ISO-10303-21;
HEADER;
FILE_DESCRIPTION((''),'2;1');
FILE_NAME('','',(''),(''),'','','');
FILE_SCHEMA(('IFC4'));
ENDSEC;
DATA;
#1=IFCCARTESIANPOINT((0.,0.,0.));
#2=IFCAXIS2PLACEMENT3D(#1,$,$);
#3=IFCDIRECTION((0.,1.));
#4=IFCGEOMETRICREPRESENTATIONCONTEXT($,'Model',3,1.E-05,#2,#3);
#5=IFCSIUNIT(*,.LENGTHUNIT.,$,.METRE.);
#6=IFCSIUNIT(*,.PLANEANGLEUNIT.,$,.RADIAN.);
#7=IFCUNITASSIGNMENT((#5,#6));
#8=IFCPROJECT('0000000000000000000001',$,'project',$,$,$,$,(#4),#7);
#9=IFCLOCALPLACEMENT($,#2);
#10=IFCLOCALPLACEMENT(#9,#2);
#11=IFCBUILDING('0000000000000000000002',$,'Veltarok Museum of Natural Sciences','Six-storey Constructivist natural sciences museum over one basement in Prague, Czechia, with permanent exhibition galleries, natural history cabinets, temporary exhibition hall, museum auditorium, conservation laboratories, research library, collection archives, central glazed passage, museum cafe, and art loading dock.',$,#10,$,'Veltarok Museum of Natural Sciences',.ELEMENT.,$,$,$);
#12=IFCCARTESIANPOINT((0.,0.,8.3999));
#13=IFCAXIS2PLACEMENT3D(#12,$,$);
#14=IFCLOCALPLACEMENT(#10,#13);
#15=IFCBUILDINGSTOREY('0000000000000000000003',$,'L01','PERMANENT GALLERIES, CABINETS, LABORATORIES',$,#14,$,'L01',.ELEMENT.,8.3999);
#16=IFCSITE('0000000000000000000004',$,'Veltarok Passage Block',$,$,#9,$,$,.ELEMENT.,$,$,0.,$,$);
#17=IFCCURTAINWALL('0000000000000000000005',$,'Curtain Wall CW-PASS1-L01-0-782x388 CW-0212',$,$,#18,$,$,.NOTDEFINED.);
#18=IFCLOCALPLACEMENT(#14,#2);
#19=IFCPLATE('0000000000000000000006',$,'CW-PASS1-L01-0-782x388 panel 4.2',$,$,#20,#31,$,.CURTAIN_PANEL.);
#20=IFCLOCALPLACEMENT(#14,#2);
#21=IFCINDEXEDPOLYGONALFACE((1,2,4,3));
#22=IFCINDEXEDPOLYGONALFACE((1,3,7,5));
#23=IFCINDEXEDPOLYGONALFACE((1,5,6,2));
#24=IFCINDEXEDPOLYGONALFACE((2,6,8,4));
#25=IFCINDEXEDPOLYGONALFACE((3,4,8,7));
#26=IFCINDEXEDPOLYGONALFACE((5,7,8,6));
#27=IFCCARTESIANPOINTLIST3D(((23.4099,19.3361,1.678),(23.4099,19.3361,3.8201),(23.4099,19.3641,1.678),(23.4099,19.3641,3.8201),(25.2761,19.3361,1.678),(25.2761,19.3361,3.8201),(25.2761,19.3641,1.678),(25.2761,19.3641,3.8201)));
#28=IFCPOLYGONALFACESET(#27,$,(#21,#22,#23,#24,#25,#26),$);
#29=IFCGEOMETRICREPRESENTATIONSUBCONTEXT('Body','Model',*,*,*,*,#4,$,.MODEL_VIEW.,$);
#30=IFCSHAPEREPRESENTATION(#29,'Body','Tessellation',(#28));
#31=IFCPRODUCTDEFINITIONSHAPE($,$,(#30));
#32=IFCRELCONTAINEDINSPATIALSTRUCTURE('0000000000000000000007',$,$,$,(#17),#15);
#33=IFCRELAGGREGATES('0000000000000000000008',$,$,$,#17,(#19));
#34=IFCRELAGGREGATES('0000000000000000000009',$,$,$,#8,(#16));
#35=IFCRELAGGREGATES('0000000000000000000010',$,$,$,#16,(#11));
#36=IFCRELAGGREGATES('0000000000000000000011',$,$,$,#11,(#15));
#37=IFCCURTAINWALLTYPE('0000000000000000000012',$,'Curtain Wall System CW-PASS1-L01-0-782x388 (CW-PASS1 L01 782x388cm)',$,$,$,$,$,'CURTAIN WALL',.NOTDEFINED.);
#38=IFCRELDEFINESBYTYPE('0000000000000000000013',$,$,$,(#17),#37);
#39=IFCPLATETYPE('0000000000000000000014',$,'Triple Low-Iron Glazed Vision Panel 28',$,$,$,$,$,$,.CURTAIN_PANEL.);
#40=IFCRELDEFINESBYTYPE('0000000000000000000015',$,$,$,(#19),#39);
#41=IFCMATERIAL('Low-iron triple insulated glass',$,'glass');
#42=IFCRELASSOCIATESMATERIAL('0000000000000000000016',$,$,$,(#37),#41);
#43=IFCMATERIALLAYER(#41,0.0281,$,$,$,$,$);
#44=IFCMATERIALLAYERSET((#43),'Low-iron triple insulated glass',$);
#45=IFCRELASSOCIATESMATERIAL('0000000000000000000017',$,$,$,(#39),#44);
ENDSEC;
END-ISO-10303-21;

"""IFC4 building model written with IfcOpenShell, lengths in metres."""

from ifc_helpers import new_model, si_unit, direction, frame, origin, origin_2d, place, context, subcontext, project, spatial, rectangle, extrude, material, layer, layer_set, type_object, element, aggregate, save


model = new_model("IFC4")

# Units and contexts
model_context = context("Model", 3, precision=1e-05, world=origin(), true_north=direction((0.0, 1.0)))
body_context = subcontext(model_context, "Body", "Model", "MODEL_VIEW")
ifc_project = project(units=[si_unit("LENGTHUNIT", "METRE"), si_unit("PLANEANGLEUNIT", "RADIAN")], contexts=[model_context])

# Site, building, storey
site_placement = place(None, origin())
site = spatial("IfcSite", under=ifc_project, at=site_placement, Name="Veltarok Passage Block", CompositionType="ELEMENT", RefElevation=0.0)
building_placement = place(site_placement, origin())
building = spatial("IfcBuilding", under=site, at=building_placement, Name="Veltarok Museum of Natural Sciences", Description="Six-storey Constructivist natural sciences museum over one basement in Prague, Czechia, with permanent exhibition galleries, natural history cabinets, temporary exhibition hall, museum auditorium, conservation laboratories, research library, collection archives, central glazed passage, museum cafe, and art loading dock.", LongName="Veltarok Museum of Natural Sciences", CompositionType="ELEMENT")
storey_placement = place(building_placement, frame((0.0, 0.0, 8.3999)))
storey = spatial("IfcBuildingStorey", under=building, at=storey_placement, Name="L01", Description="PERMANENT GALLERIES, CABINETS, LABORATORIES", LongName="L01", CompositionType="ELEMENT", Elevation=8.3999)

# Curtain wall
ifc_material_1 = material(Name="Low-iron triple insulated glass", Category="glass")
curtain_wall_type_1 = type_object("IfcCurtainWallType", Name="Curtain Wall System CW-PASS1-L01-0-782x388 (CW-PASS1 L01 782x388cm)", ElementType="CURTAIN WALL", PredefinedType="NOTDEFINED", material=ifc_material_1)
curtain_wall_1_placement = place(storey_placement, origin())
curtain_wall_1 = element("IfcCurtainWall", 1, at=curtain_wall_1_placement, inside=storey, type_object=curtain_wall_type_1, Name="Curtain Wall CW-PASS1-L01-0-782x388 CW-0212", PredefinedType="NOTDEFINED")

# Plate
ifc_layer = layer(ifc_material_1, 0.0281)
ifc_layer_set = layer_set([ifc_layer], Name="Low-iron triple insulated glass")
plate_type = type_object("IfcPlateType", Name="Triple Low-Iron Glazed Vision Panel 28", PredefinedType="CURTAIN_PANEL", material=ifc_layer_set)
plate_1_placement = place(storey_placement, frame((24.343, 19.3501, 1.678), z_axis=(0.0, 0.0, 1.0), x_axis=(-1.0, 0.0, 0.0)))
plate_1 = element("IfcPlate", 2, at=plate_1_placement, type_object=plate_type, Name="CW-PASS1-L01-0-782x388 panel 4.2", PredefinedType="CURTAIN_PANEL", context=body_context, shape_type="SweptSolid", body=[
    extrude(rectangle(XDim=1.8662, YDim=0.0281, at=origin_2d()), origin(), (0.0, 0.0, 1.0), 2.1421),
])
aggregate(curtain_wall_1, [plate_1])

save(model, "model.ifc")
